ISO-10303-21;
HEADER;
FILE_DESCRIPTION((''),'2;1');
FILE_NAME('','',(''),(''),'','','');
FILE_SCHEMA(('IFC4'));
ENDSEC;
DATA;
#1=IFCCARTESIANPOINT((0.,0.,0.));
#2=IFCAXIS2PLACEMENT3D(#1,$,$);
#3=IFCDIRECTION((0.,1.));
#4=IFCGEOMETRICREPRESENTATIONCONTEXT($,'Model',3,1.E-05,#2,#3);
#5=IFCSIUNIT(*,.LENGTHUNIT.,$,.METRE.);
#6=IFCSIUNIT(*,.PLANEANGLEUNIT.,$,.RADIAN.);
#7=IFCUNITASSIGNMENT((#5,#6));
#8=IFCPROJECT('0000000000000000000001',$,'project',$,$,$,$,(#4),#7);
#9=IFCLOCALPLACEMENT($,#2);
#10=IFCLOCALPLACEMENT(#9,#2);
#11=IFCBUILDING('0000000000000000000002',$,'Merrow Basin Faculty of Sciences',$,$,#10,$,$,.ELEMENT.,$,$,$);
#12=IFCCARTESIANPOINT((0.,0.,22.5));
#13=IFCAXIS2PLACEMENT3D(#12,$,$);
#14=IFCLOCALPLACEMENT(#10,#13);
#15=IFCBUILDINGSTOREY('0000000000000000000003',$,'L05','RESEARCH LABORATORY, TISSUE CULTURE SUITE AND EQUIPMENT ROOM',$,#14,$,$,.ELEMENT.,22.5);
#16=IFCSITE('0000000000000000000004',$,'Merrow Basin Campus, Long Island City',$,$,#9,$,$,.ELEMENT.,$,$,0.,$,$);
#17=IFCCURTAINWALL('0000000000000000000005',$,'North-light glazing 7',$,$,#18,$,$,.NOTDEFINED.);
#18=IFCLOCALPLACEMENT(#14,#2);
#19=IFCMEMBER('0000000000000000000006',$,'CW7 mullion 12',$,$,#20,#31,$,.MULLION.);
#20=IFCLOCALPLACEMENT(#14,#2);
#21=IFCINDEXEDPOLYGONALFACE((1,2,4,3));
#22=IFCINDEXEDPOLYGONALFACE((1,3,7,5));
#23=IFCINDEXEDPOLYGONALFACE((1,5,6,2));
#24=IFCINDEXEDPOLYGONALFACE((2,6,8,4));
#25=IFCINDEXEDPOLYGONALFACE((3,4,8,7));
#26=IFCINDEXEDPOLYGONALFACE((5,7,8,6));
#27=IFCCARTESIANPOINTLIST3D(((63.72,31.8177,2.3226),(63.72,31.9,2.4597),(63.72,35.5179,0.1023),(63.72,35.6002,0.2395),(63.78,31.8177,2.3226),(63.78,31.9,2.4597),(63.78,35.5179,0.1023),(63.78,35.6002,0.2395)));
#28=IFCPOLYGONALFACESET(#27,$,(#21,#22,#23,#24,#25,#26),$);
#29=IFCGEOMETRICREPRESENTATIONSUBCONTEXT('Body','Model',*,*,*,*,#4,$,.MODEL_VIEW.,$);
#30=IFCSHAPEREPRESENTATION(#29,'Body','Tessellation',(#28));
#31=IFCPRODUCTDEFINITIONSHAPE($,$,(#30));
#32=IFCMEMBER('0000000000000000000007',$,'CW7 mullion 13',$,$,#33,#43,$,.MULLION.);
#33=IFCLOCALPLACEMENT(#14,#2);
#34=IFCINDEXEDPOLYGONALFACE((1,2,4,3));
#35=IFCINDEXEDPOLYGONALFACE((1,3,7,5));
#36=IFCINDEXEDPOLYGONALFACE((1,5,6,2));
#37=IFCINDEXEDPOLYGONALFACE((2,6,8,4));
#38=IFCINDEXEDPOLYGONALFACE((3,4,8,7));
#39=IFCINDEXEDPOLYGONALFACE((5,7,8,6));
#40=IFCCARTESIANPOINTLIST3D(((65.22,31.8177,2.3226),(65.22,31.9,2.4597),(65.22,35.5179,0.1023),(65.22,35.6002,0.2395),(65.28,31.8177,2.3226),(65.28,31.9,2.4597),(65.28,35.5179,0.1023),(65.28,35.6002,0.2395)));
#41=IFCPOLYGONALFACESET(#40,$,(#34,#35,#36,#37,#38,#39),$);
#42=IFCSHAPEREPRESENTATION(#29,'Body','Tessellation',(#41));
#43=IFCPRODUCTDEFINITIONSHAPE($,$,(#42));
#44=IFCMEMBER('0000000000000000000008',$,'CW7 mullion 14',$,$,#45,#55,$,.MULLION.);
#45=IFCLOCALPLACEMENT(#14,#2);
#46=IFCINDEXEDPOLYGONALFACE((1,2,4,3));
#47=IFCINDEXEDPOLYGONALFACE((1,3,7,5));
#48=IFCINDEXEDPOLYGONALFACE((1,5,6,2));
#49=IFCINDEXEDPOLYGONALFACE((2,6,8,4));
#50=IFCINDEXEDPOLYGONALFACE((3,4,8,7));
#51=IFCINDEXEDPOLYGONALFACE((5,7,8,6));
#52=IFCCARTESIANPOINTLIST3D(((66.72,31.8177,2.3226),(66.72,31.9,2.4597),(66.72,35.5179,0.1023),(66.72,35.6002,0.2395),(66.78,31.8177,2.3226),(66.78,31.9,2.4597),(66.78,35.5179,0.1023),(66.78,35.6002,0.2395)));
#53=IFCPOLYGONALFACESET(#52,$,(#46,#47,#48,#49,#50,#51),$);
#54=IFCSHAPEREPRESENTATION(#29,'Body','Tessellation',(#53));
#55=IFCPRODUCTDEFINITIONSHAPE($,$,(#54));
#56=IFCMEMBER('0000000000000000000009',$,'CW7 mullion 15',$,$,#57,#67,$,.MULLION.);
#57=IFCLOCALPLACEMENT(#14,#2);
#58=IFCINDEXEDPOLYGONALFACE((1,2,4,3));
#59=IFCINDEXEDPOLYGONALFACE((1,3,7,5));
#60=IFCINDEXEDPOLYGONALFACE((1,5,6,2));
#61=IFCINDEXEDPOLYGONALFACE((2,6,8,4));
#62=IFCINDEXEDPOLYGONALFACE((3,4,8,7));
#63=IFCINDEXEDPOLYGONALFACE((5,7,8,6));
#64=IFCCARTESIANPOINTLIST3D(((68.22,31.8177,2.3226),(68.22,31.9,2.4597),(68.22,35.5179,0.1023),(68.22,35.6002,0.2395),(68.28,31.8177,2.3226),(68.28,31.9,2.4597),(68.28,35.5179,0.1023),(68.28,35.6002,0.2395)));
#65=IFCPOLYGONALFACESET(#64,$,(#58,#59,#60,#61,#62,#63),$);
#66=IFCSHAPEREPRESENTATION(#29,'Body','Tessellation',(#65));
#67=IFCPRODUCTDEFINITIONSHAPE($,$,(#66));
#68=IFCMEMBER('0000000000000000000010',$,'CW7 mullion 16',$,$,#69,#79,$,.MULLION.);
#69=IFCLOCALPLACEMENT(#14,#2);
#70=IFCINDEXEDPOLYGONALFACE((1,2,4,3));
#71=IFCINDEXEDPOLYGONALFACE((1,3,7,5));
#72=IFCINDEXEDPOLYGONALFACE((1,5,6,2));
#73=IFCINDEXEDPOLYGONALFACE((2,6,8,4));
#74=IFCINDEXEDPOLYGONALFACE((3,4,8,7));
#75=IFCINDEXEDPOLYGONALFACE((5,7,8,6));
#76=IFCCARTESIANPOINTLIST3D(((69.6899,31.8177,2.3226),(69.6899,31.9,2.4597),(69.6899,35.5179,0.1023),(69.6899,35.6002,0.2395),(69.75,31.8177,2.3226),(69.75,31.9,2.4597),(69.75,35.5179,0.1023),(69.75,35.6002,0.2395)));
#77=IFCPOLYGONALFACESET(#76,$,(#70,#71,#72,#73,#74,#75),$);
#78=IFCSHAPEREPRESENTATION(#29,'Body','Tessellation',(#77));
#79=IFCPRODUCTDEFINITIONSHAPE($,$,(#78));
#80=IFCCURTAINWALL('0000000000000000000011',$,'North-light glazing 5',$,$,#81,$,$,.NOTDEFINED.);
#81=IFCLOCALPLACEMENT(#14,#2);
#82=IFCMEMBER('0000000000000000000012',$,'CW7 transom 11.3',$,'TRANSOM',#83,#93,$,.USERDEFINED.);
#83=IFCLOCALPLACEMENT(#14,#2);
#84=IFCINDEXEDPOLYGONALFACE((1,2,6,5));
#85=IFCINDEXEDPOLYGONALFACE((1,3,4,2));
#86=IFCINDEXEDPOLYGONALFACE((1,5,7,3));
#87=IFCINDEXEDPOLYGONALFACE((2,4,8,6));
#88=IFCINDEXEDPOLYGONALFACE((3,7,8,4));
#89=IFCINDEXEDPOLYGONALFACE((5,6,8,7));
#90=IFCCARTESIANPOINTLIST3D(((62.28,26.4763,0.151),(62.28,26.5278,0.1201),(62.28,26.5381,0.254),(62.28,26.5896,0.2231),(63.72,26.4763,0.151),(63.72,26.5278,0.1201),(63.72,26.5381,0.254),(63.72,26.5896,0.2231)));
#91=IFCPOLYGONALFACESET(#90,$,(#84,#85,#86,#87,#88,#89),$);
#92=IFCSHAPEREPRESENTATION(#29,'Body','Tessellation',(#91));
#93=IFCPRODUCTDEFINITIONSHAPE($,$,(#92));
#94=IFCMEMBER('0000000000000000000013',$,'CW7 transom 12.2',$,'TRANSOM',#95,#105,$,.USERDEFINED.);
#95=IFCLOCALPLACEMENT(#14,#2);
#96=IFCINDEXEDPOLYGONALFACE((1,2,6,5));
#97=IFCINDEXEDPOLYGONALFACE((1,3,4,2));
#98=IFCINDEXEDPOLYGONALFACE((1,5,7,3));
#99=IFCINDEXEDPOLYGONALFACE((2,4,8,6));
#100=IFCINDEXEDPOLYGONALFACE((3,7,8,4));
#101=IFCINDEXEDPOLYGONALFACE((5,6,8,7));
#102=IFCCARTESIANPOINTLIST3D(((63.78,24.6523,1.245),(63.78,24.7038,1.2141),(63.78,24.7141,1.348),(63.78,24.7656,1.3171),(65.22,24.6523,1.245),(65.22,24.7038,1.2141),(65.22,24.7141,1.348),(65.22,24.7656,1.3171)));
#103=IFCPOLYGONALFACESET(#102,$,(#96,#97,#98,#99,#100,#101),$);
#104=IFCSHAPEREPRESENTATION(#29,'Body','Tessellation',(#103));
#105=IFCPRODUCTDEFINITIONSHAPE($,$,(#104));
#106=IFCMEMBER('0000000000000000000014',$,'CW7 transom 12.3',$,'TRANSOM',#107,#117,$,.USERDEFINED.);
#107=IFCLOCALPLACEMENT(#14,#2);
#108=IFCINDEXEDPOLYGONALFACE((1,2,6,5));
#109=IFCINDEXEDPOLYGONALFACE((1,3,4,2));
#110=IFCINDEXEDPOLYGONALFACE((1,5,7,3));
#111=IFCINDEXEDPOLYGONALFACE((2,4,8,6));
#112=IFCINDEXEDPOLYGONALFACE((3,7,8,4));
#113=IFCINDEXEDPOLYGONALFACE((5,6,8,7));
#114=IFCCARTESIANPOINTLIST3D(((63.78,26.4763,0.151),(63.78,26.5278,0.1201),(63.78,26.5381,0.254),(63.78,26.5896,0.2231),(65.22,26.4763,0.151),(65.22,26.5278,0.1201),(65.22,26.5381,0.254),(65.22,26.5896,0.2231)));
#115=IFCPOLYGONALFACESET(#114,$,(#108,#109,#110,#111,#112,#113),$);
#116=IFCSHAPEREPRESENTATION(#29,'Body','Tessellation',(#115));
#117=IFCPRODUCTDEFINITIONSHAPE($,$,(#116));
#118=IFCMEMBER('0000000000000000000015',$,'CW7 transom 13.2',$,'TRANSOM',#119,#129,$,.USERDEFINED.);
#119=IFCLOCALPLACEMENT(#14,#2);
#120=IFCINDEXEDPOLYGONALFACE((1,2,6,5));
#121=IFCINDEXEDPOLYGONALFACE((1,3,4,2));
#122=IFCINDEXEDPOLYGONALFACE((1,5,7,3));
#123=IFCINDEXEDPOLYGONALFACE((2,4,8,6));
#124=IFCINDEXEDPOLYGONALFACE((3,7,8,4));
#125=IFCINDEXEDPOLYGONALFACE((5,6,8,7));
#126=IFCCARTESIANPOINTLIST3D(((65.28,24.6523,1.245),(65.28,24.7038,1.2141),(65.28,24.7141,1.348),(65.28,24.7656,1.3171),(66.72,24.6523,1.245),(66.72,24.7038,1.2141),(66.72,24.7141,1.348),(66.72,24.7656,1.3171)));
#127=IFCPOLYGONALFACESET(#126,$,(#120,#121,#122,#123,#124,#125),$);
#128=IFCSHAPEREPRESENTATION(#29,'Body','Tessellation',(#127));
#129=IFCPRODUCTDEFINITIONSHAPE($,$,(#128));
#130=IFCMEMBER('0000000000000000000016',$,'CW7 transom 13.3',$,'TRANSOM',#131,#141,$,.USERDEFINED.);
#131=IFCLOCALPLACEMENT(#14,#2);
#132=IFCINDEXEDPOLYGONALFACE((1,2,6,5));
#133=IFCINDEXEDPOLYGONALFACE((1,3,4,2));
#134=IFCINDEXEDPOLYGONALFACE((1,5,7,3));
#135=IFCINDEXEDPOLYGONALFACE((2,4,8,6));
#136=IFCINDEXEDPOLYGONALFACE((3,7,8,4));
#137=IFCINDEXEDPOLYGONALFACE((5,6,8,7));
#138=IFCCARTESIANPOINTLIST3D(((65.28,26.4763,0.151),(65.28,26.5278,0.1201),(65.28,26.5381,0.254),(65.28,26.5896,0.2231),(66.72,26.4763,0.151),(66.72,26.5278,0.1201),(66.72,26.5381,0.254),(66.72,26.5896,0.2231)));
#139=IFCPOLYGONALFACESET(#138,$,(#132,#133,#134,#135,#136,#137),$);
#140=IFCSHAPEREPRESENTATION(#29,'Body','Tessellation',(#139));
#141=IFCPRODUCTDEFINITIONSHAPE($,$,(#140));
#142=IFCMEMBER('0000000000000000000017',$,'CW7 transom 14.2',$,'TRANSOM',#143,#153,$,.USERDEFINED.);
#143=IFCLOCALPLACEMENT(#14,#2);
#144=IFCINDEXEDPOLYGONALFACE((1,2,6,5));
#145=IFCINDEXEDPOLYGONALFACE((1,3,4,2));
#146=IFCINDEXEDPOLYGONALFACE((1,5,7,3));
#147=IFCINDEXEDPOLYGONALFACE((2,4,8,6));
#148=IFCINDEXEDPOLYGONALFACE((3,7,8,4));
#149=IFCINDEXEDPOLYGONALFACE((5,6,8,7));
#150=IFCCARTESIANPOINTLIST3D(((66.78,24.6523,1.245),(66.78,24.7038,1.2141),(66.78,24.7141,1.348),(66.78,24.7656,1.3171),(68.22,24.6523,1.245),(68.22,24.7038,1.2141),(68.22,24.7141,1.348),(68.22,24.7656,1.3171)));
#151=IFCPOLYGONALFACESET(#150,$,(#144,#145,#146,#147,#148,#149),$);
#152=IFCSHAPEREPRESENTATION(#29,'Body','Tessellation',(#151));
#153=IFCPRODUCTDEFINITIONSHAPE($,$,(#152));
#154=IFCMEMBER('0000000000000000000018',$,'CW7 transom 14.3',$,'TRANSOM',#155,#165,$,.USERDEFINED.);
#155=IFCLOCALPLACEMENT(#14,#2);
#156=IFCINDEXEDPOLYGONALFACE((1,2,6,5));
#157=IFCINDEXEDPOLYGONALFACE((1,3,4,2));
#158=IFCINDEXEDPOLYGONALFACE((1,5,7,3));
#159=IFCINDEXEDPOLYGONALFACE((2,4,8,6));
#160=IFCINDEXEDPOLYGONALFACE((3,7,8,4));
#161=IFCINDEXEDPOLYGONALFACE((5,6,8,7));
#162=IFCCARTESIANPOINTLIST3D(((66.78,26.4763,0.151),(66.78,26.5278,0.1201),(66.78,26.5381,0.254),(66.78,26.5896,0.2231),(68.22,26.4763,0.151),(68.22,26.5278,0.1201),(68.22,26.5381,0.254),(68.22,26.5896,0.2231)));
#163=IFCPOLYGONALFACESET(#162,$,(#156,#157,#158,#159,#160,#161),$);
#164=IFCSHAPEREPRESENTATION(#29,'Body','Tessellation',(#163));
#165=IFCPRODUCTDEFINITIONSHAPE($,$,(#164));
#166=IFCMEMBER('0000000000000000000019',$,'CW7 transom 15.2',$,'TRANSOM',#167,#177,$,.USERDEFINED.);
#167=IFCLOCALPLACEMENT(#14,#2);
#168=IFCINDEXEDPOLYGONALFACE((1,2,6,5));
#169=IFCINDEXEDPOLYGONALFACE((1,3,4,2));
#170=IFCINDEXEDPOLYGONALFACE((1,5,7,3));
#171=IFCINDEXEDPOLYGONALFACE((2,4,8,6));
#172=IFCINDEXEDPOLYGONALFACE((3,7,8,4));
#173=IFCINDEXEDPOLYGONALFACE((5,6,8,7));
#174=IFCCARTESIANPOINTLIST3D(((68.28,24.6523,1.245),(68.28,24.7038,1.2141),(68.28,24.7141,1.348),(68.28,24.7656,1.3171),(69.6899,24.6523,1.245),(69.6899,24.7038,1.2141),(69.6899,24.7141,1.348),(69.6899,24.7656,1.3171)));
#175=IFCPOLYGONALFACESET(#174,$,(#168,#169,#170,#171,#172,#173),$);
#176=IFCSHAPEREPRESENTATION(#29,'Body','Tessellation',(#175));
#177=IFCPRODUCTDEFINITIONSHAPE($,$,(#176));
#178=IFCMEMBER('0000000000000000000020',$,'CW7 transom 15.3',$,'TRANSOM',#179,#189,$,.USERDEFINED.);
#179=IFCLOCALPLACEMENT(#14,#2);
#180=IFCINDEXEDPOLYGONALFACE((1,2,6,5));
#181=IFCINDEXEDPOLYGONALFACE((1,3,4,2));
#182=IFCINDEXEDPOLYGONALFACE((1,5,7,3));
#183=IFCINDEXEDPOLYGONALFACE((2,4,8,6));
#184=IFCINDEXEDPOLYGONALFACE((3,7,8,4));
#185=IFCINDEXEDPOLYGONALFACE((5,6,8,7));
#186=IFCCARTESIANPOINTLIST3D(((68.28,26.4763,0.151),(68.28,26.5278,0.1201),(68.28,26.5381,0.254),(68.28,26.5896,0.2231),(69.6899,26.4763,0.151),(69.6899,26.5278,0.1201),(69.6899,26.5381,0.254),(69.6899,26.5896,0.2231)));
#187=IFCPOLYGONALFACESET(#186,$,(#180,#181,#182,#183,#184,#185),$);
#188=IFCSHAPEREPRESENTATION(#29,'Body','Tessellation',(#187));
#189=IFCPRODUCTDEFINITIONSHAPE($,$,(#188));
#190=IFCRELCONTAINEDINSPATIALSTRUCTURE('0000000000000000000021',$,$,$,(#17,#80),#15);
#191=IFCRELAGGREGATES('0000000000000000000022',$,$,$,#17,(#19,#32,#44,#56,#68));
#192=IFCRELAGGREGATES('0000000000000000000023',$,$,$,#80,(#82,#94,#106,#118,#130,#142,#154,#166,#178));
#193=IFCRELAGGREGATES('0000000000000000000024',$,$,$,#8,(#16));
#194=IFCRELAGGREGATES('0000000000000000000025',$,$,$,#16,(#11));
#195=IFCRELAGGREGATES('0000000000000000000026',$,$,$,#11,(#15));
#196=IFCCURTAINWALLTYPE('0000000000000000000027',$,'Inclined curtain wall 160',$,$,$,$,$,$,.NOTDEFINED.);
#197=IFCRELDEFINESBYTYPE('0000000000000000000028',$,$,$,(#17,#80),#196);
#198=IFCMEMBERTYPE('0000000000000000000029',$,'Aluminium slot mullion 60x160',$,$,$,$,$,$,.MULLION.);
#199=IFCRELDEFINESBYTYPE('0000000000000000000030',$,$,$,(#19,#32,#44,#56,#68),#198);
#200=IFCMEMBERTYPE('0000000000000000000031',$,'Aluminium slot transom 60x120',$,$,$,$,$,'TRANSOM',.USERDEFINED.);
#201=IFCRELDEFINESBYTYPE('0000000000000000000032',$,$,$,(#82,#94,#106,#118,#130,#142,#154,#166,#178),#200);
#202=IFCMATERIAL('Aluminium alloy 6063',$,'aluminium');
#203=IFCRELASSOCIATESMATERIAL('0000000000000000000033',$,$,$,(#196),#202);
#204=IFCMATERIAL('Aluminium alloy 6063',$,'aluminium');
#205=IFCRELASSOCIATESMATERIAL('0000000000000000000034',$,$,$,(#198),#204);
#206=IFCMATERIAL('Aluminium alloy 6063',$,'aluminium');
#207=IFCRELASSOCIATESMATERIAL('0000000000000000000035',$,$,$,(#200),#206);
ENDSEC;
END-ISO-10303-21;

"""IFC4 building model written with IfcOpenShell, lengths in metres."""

from ifc_helpers import new_model, si_unit, direction, frame, origin, origin_2d, place, context, subcontext, project, spatial, rectangle, extrude, material, material_profile, profile_set, type_object, element, aggregate, save


model = new_model("IFC4")

# Units and contexts
model_context = context("Model", 3, precision=1e-05, world=origin(), true_north=direction((0.0, 1.0)))
body_context = subcontext(model_context, "Body", "Model", "MODEL_VIEW")
ifc_project = project(units=[si_unit("LENGTHUNIT", "METRE"), si_unit("PLANEANGLEUNIT", "RADIAN")], contexts=[model_context])

# Site, building, storey
site_placement = place(None, origin())
site = spatial("IfcSite", under=ifc_project, at=site_placement, Name="Merrow Basin Campus, Long Island City", CompositionType="ELEMENT", RefElevation=0.0)
building_placement = place(site_placement, origin())
building = spatial("IfcBuilding", under=site, at=building_placement, Name="Merrow Basin Faculty of Sciences", CompositionType="ELEMENT")
storey_placement = place(building_placement, frame((0.0, 0.0, 22.5)))
storey = spatial("IfcBuildingStorey", under=building, at=storey_placement, Name="L05", Description="RESEARCH LABORATORY, TISSUE CULTURE SUITE AND EQUIPMENT ROOM", CompositionType="ELEMENT", Elevation=22.5)

# Curtain wall, members
ifc_material_1 = material(Name="Aluminium alloy 6063", Category="aluminium")
curtain_wall_type = type_object("IfcCurtainWallType", Name="Inclined curtain wall 160", PredefinedType="NOTDEFINED", material=ifc_material_1)
curtain_wall_1_placement = place(storey_placement, origin())
curtain_wall_1 = element("IfcCurtainWall", 1, at=curtain_wall_1_placement, inside=storey, type_object=curtain_wall_type, Name="North-light glazing 7", PredefinedType="NOTDEFINED")
ifc_material_2 = material(Name="Aluminium alloy 6063", Category="aluminium")
ifc_material_profile_1 = material_profile(ifc_material_2, rectangle(XDim=0.0601, YDim=0.1599, at=origin_2d()))
ifc_profile_set_1 = profile_set([ifc_material_profile_1], Name="Aluminium alloy 6063")
member_type_1 = type_object("IfcMemberType", Name="Aluminium slot mullion 60x160", PredefinedType="MULLION", material=ifc_profile_set_1)
member_1_placement = place(storey_placement, frame((63.75, 31.8589, 2.3911), z_axis=(0.0, 0.857483, -0.514512), x_axis=(-1.0, 0.0, 0.0)))
member_1 = element("IfcMember", 2, at=member_1_placement, type_object=member_type_1, Name="CW7 mullion 12", PredefinedType="MULLION", context=body_context, shape_type="SweptSolid", body=[
    extrude(rectangle(XDim=0.0601, YDim=0.1599, at=origin_2d()), origin(), (0.0, 0.0, 1.0), 4.3152),
])
member_2_placement = place(storey_placement, frame((65.25, 31.8589, 2.3911), z_axis=(0.0, 0.857483, -0.514512), x_axis=(-1.0, 0.0, 0.0)))
member_2 = element("IfcMember", 3, at=member_2_placement, type_object=member_type_1, Name="CW7 mullion 13", PredefinedType="MULLION", context=body_context, shape_type="SweptSolid", body=[
    extrude(rectangle(XDim=0.0601, YDim=0.1599, at=origin_2d()), origin(), (0.0, 0.0, 1.0), 4.3152),
])
member_3_placement = place(storey_placement, frame((66.75, 31.8589, 2.3911), z_axis=(0.0, 0.857483, -0.514512), x_axis=(-1.0, 0.0, 0.0)))
member_3 = element("IfcMember", 4, at=member_3_placement, type_object=member_type_1, Name="CW7 mullion 14", PredefinedType="MULLION", context=body_context, shape_type="SweptSolid", body=[
    extrude(rectangle(XDim=0.0601, YDim=0.1599, at=origin_2d()), origin(), (0.0, 0.0, 1.0), 4.3152),
])
member_4_placement = place(storey_placement, frame((68.25, 31.8589, 2.3911), z_axis=(0.0, 0.857483, -0.514512), x_axis=(-1.0, 0.0, 0.0)))
member_4 = element("IfcMember", 5, at=member_4_placement, type_object=member_type_1, Name="CW7 mullion 15", PredefinedType="MULLION", context=body_context, shape_type="SweptSolid", body=[
    extrude(rectangle(XDim=0.0601, YDim=0.1599, at=origin_2d()), origin(), (0.0, 0.0, 1.0), 4.3152),
])
member_5_placement = place(storey_placement, frame((69.72, 31.8589, 2.3911), z_axis=(0.0, 0.857483, -0.514512), x_axis=(-1.0, 0.0, 0.0)))
member_5 = element("IfcMember", 6, at=member_5_placement, type_object=member_type_1, Name="CW7 mullion 16", PredefinedType="MULLION", context=body_context, shape_type="SweptSolid", body=[
    extrude(rectangle(XDim=0.0601, YDim=0.1599, at=origin_2d()), origin(), (0.0, 0.0, 1.0), 4.3152),
])
aggregate(curtain_wall_1, [member_1, member_2, member_3, member_4, member_5])

# Curtain wall, members
curtain_wall_2_placement = place(storey_placement, origin())
curtain_wall_2 = element("IfcCurtainWall", 7, at=curtain_wall_2_placement, inside=storey, type_object=curtain_wall_type, Name="North-light glazing 5", PredefinedType="NOTDEFINED")
ifc_material_3 = material(Name="Aluminium alloy 6063", Category="aluminium")
ifc_material_profile_2 = material_profile(ifc_material_3, rectangle(XDim=0.0601, YDim=0.1201, at=origin_2d()))
ifc_profile_set_2 = profile_set([ifc_material_profile_2], Name="Aluminium alloy 6063")
member_type_2 = type_object("IfcMemberType", Name="Aluminium slot transom 60x120", ElementType="TRANSOM", PredefinedType="USERDEFINED", material=ifc_profile_set_2)
member_6_placement = place(storey_placement, frame((62.28, 26.533, 0.187), z_axis=(1.0, 0.0, 0.0), x_axis=(0.0, 0.857493, -0.514496)))
member_6 = element("IfcMember", 8, at=member_6_placement, type_object=member_type_2, Name="CW7 transom 11.3", ObjectType="TRANSOM", PredefinedType="USERDEFINED", context=body_context, shape_type="SweptSolid", body=[
    extrude(rectangle(XDim=0.0601, YDim=0.1201, at=origin_2d()), origin(), (0.0, 0.0, 1.0), 1.4399),
])
member_7_placement = place(storey_placement, frame((63.78, 24.709, 1.281), z_axis=(1.0, 0.0, 0.0), x_axis=(0.0, 0.857493, -0.514496)))
member_7 = element("IfcMember", 9, at=member_7_placement, type_object=member_type_2, Name="CW7 transom 12.2", ObjectType="TRANSOM", PredefinedType="USERDEFINED", context=body_context, shape_type="SweptSolid", body=[
    extrude(rectangle(XDim=0.0601, YDim=0.1201, at=origin_2d()), origin(), (0.0, 0.0, 1.0), 1.4399),
])
member_8_placement = place(storey_placement, frame((63.78, 26.533, 0.187), z_axis=(1.0, 0.0, 0.0), x_axis=(0.0, 0.857493, -0.514496)))
member_8 = element("IfcMember", 10, at=member_8_placement, type_object=member_type_2, Name="CW7 transom 12.3", ObjectType="TRANSOM", PredefinedType="USERDEFINED", context=body_context, shape_type="SweptSolid", body=[
    extrude(rectangle(XDim=0.0601, YDim=0.1201, at=origin_2d()), origin(), (0.0, 0.0, 1.0), 1.4399),
])
member_9_placement = place(storey_placement, frame((65.28, 24.709, 1.281), z_axis=(1.0, 0.0, 0.0), x_axis=(0.0, 0.857493, -0.514496)))
member_9 = element("IfcMember", 11, at=member_9_placement, type_object=member_type_2, Name="CW7 transom 13.2", ObjectType="TRANSOM", PredefinedType="USERDEFINED", context=body_context, shape_type="SweptSolid", body=[
    extrude(rectangle(XDim=0.0601, YDim=0.1201, at=origin_2d()), origin(), (0.0, 0.0, 1.0), 1.4399),
])
member_10_placement = place(storey_placement, frame((65.28, 26.533, 0.187), z_axis=(1.0, 0.0, 0.0), x_axis=(0.0, 0.857493, -0.514496)))
member_10 = element("IfcMember", 12, at=member_10_placement, type_object=member_type_2, Name="CW7 transom 13.3", ObjectType="TRANSOM", PredefinedType="USERDEFINED", context=body_context, shape_type="SweptSolid", body=[
    extrude(rectangle(XDim=0.0601, YDim=0.1201, at=origin_2d()), origin(), (0.0, 0.0, 1.0), 1.4399),
])
member_11_placement = place(storey_placement, frame((66.78, 24.709, 1.281), z_axis=(1.0, 0.0, 0.0), x_axis=(0.0, 0.857493, -0.514496)))
member_11 = element("IfcMember", 13, at=member_11_placement, type_object=member_type_2, Name="CW7 transom 14.2", ObjectType="TRANSOM", PredefinedType="USERDEFINED", context=body_context, shape_type="SweptSolid", body=[
    extrude(rectangle(XDim=0.0601, YDim=0.1201, at=origin_2d()), origin(), (0.0, 0.0, 1.0), 1.4399),
])
member_12_placement = place(storey_placement, frame((66.78, 26.533, 0.187), z_axis=(1.0, 0.0, 0.0), x_axis=(0.0, 0.857493, -0.514496)))
member_12 = element("IfcMember", 14, at=member_12_placement, type_object=member_type_2, Name="CW7 transom 14.3", ObjectType="TRANSOM", PredefinedType="USERDEFINED", context=body_context, shape_type="SweptSolid", body=[
    extrude(rectangle(XDim=0.0601, YDim=0.1201, at=origin_2d()), origin(), (0.0, 0.0, 1.0), 1.4399),
])
member_13_placement = place(storey_placement, frame((68.28, 24.709, 1.281), z_axis=(1.0, 0.0, 0.0), x_axis=(0.0, 0.857493, -0.514496)))
member_13 = element("IfcMember", 15, at=member_13_placement, type_object=member_type_2, Name="CW7 transom 15.2", ObjectType="TRANSOM", PredefinedType="USERDEFINED", context=body_context, shape_type="SweptSolid", body=[
    extrude(rectangle(XDim=0.0601, YDim=0.1201, at=origin_2d()), origin(), (0.0, 0.0, 1.0), 1.4099),
])
member_14_placement = place(storey_placement, frame((68.28, 26.533, 0.187), z_axis=(1.0, 0.0, 0.0), x_axis=(0.0, 0.857493, -0.514496)))
member_14 = element("IfcMember", 16, at=member_14_placement, type_object=member_type_2, Name="CW7 transom 15.3", ObjectType="TRANSOM", PredefinedType="USERDEFINED", context=body_context, shape_type="SweptSolid", body=[
    extrude(rectangle(XDim=0.0601, YDim=0.1201, at=origin_2d()), origin(), (0.0, 0.0, 1.0), 1.4099),
])
aggregate(curtain_wall_2, [member_6, member_7, member_8, member_9, member_10, member_11, member_12, member_13, member_14])

save(model, "model.ifc")
